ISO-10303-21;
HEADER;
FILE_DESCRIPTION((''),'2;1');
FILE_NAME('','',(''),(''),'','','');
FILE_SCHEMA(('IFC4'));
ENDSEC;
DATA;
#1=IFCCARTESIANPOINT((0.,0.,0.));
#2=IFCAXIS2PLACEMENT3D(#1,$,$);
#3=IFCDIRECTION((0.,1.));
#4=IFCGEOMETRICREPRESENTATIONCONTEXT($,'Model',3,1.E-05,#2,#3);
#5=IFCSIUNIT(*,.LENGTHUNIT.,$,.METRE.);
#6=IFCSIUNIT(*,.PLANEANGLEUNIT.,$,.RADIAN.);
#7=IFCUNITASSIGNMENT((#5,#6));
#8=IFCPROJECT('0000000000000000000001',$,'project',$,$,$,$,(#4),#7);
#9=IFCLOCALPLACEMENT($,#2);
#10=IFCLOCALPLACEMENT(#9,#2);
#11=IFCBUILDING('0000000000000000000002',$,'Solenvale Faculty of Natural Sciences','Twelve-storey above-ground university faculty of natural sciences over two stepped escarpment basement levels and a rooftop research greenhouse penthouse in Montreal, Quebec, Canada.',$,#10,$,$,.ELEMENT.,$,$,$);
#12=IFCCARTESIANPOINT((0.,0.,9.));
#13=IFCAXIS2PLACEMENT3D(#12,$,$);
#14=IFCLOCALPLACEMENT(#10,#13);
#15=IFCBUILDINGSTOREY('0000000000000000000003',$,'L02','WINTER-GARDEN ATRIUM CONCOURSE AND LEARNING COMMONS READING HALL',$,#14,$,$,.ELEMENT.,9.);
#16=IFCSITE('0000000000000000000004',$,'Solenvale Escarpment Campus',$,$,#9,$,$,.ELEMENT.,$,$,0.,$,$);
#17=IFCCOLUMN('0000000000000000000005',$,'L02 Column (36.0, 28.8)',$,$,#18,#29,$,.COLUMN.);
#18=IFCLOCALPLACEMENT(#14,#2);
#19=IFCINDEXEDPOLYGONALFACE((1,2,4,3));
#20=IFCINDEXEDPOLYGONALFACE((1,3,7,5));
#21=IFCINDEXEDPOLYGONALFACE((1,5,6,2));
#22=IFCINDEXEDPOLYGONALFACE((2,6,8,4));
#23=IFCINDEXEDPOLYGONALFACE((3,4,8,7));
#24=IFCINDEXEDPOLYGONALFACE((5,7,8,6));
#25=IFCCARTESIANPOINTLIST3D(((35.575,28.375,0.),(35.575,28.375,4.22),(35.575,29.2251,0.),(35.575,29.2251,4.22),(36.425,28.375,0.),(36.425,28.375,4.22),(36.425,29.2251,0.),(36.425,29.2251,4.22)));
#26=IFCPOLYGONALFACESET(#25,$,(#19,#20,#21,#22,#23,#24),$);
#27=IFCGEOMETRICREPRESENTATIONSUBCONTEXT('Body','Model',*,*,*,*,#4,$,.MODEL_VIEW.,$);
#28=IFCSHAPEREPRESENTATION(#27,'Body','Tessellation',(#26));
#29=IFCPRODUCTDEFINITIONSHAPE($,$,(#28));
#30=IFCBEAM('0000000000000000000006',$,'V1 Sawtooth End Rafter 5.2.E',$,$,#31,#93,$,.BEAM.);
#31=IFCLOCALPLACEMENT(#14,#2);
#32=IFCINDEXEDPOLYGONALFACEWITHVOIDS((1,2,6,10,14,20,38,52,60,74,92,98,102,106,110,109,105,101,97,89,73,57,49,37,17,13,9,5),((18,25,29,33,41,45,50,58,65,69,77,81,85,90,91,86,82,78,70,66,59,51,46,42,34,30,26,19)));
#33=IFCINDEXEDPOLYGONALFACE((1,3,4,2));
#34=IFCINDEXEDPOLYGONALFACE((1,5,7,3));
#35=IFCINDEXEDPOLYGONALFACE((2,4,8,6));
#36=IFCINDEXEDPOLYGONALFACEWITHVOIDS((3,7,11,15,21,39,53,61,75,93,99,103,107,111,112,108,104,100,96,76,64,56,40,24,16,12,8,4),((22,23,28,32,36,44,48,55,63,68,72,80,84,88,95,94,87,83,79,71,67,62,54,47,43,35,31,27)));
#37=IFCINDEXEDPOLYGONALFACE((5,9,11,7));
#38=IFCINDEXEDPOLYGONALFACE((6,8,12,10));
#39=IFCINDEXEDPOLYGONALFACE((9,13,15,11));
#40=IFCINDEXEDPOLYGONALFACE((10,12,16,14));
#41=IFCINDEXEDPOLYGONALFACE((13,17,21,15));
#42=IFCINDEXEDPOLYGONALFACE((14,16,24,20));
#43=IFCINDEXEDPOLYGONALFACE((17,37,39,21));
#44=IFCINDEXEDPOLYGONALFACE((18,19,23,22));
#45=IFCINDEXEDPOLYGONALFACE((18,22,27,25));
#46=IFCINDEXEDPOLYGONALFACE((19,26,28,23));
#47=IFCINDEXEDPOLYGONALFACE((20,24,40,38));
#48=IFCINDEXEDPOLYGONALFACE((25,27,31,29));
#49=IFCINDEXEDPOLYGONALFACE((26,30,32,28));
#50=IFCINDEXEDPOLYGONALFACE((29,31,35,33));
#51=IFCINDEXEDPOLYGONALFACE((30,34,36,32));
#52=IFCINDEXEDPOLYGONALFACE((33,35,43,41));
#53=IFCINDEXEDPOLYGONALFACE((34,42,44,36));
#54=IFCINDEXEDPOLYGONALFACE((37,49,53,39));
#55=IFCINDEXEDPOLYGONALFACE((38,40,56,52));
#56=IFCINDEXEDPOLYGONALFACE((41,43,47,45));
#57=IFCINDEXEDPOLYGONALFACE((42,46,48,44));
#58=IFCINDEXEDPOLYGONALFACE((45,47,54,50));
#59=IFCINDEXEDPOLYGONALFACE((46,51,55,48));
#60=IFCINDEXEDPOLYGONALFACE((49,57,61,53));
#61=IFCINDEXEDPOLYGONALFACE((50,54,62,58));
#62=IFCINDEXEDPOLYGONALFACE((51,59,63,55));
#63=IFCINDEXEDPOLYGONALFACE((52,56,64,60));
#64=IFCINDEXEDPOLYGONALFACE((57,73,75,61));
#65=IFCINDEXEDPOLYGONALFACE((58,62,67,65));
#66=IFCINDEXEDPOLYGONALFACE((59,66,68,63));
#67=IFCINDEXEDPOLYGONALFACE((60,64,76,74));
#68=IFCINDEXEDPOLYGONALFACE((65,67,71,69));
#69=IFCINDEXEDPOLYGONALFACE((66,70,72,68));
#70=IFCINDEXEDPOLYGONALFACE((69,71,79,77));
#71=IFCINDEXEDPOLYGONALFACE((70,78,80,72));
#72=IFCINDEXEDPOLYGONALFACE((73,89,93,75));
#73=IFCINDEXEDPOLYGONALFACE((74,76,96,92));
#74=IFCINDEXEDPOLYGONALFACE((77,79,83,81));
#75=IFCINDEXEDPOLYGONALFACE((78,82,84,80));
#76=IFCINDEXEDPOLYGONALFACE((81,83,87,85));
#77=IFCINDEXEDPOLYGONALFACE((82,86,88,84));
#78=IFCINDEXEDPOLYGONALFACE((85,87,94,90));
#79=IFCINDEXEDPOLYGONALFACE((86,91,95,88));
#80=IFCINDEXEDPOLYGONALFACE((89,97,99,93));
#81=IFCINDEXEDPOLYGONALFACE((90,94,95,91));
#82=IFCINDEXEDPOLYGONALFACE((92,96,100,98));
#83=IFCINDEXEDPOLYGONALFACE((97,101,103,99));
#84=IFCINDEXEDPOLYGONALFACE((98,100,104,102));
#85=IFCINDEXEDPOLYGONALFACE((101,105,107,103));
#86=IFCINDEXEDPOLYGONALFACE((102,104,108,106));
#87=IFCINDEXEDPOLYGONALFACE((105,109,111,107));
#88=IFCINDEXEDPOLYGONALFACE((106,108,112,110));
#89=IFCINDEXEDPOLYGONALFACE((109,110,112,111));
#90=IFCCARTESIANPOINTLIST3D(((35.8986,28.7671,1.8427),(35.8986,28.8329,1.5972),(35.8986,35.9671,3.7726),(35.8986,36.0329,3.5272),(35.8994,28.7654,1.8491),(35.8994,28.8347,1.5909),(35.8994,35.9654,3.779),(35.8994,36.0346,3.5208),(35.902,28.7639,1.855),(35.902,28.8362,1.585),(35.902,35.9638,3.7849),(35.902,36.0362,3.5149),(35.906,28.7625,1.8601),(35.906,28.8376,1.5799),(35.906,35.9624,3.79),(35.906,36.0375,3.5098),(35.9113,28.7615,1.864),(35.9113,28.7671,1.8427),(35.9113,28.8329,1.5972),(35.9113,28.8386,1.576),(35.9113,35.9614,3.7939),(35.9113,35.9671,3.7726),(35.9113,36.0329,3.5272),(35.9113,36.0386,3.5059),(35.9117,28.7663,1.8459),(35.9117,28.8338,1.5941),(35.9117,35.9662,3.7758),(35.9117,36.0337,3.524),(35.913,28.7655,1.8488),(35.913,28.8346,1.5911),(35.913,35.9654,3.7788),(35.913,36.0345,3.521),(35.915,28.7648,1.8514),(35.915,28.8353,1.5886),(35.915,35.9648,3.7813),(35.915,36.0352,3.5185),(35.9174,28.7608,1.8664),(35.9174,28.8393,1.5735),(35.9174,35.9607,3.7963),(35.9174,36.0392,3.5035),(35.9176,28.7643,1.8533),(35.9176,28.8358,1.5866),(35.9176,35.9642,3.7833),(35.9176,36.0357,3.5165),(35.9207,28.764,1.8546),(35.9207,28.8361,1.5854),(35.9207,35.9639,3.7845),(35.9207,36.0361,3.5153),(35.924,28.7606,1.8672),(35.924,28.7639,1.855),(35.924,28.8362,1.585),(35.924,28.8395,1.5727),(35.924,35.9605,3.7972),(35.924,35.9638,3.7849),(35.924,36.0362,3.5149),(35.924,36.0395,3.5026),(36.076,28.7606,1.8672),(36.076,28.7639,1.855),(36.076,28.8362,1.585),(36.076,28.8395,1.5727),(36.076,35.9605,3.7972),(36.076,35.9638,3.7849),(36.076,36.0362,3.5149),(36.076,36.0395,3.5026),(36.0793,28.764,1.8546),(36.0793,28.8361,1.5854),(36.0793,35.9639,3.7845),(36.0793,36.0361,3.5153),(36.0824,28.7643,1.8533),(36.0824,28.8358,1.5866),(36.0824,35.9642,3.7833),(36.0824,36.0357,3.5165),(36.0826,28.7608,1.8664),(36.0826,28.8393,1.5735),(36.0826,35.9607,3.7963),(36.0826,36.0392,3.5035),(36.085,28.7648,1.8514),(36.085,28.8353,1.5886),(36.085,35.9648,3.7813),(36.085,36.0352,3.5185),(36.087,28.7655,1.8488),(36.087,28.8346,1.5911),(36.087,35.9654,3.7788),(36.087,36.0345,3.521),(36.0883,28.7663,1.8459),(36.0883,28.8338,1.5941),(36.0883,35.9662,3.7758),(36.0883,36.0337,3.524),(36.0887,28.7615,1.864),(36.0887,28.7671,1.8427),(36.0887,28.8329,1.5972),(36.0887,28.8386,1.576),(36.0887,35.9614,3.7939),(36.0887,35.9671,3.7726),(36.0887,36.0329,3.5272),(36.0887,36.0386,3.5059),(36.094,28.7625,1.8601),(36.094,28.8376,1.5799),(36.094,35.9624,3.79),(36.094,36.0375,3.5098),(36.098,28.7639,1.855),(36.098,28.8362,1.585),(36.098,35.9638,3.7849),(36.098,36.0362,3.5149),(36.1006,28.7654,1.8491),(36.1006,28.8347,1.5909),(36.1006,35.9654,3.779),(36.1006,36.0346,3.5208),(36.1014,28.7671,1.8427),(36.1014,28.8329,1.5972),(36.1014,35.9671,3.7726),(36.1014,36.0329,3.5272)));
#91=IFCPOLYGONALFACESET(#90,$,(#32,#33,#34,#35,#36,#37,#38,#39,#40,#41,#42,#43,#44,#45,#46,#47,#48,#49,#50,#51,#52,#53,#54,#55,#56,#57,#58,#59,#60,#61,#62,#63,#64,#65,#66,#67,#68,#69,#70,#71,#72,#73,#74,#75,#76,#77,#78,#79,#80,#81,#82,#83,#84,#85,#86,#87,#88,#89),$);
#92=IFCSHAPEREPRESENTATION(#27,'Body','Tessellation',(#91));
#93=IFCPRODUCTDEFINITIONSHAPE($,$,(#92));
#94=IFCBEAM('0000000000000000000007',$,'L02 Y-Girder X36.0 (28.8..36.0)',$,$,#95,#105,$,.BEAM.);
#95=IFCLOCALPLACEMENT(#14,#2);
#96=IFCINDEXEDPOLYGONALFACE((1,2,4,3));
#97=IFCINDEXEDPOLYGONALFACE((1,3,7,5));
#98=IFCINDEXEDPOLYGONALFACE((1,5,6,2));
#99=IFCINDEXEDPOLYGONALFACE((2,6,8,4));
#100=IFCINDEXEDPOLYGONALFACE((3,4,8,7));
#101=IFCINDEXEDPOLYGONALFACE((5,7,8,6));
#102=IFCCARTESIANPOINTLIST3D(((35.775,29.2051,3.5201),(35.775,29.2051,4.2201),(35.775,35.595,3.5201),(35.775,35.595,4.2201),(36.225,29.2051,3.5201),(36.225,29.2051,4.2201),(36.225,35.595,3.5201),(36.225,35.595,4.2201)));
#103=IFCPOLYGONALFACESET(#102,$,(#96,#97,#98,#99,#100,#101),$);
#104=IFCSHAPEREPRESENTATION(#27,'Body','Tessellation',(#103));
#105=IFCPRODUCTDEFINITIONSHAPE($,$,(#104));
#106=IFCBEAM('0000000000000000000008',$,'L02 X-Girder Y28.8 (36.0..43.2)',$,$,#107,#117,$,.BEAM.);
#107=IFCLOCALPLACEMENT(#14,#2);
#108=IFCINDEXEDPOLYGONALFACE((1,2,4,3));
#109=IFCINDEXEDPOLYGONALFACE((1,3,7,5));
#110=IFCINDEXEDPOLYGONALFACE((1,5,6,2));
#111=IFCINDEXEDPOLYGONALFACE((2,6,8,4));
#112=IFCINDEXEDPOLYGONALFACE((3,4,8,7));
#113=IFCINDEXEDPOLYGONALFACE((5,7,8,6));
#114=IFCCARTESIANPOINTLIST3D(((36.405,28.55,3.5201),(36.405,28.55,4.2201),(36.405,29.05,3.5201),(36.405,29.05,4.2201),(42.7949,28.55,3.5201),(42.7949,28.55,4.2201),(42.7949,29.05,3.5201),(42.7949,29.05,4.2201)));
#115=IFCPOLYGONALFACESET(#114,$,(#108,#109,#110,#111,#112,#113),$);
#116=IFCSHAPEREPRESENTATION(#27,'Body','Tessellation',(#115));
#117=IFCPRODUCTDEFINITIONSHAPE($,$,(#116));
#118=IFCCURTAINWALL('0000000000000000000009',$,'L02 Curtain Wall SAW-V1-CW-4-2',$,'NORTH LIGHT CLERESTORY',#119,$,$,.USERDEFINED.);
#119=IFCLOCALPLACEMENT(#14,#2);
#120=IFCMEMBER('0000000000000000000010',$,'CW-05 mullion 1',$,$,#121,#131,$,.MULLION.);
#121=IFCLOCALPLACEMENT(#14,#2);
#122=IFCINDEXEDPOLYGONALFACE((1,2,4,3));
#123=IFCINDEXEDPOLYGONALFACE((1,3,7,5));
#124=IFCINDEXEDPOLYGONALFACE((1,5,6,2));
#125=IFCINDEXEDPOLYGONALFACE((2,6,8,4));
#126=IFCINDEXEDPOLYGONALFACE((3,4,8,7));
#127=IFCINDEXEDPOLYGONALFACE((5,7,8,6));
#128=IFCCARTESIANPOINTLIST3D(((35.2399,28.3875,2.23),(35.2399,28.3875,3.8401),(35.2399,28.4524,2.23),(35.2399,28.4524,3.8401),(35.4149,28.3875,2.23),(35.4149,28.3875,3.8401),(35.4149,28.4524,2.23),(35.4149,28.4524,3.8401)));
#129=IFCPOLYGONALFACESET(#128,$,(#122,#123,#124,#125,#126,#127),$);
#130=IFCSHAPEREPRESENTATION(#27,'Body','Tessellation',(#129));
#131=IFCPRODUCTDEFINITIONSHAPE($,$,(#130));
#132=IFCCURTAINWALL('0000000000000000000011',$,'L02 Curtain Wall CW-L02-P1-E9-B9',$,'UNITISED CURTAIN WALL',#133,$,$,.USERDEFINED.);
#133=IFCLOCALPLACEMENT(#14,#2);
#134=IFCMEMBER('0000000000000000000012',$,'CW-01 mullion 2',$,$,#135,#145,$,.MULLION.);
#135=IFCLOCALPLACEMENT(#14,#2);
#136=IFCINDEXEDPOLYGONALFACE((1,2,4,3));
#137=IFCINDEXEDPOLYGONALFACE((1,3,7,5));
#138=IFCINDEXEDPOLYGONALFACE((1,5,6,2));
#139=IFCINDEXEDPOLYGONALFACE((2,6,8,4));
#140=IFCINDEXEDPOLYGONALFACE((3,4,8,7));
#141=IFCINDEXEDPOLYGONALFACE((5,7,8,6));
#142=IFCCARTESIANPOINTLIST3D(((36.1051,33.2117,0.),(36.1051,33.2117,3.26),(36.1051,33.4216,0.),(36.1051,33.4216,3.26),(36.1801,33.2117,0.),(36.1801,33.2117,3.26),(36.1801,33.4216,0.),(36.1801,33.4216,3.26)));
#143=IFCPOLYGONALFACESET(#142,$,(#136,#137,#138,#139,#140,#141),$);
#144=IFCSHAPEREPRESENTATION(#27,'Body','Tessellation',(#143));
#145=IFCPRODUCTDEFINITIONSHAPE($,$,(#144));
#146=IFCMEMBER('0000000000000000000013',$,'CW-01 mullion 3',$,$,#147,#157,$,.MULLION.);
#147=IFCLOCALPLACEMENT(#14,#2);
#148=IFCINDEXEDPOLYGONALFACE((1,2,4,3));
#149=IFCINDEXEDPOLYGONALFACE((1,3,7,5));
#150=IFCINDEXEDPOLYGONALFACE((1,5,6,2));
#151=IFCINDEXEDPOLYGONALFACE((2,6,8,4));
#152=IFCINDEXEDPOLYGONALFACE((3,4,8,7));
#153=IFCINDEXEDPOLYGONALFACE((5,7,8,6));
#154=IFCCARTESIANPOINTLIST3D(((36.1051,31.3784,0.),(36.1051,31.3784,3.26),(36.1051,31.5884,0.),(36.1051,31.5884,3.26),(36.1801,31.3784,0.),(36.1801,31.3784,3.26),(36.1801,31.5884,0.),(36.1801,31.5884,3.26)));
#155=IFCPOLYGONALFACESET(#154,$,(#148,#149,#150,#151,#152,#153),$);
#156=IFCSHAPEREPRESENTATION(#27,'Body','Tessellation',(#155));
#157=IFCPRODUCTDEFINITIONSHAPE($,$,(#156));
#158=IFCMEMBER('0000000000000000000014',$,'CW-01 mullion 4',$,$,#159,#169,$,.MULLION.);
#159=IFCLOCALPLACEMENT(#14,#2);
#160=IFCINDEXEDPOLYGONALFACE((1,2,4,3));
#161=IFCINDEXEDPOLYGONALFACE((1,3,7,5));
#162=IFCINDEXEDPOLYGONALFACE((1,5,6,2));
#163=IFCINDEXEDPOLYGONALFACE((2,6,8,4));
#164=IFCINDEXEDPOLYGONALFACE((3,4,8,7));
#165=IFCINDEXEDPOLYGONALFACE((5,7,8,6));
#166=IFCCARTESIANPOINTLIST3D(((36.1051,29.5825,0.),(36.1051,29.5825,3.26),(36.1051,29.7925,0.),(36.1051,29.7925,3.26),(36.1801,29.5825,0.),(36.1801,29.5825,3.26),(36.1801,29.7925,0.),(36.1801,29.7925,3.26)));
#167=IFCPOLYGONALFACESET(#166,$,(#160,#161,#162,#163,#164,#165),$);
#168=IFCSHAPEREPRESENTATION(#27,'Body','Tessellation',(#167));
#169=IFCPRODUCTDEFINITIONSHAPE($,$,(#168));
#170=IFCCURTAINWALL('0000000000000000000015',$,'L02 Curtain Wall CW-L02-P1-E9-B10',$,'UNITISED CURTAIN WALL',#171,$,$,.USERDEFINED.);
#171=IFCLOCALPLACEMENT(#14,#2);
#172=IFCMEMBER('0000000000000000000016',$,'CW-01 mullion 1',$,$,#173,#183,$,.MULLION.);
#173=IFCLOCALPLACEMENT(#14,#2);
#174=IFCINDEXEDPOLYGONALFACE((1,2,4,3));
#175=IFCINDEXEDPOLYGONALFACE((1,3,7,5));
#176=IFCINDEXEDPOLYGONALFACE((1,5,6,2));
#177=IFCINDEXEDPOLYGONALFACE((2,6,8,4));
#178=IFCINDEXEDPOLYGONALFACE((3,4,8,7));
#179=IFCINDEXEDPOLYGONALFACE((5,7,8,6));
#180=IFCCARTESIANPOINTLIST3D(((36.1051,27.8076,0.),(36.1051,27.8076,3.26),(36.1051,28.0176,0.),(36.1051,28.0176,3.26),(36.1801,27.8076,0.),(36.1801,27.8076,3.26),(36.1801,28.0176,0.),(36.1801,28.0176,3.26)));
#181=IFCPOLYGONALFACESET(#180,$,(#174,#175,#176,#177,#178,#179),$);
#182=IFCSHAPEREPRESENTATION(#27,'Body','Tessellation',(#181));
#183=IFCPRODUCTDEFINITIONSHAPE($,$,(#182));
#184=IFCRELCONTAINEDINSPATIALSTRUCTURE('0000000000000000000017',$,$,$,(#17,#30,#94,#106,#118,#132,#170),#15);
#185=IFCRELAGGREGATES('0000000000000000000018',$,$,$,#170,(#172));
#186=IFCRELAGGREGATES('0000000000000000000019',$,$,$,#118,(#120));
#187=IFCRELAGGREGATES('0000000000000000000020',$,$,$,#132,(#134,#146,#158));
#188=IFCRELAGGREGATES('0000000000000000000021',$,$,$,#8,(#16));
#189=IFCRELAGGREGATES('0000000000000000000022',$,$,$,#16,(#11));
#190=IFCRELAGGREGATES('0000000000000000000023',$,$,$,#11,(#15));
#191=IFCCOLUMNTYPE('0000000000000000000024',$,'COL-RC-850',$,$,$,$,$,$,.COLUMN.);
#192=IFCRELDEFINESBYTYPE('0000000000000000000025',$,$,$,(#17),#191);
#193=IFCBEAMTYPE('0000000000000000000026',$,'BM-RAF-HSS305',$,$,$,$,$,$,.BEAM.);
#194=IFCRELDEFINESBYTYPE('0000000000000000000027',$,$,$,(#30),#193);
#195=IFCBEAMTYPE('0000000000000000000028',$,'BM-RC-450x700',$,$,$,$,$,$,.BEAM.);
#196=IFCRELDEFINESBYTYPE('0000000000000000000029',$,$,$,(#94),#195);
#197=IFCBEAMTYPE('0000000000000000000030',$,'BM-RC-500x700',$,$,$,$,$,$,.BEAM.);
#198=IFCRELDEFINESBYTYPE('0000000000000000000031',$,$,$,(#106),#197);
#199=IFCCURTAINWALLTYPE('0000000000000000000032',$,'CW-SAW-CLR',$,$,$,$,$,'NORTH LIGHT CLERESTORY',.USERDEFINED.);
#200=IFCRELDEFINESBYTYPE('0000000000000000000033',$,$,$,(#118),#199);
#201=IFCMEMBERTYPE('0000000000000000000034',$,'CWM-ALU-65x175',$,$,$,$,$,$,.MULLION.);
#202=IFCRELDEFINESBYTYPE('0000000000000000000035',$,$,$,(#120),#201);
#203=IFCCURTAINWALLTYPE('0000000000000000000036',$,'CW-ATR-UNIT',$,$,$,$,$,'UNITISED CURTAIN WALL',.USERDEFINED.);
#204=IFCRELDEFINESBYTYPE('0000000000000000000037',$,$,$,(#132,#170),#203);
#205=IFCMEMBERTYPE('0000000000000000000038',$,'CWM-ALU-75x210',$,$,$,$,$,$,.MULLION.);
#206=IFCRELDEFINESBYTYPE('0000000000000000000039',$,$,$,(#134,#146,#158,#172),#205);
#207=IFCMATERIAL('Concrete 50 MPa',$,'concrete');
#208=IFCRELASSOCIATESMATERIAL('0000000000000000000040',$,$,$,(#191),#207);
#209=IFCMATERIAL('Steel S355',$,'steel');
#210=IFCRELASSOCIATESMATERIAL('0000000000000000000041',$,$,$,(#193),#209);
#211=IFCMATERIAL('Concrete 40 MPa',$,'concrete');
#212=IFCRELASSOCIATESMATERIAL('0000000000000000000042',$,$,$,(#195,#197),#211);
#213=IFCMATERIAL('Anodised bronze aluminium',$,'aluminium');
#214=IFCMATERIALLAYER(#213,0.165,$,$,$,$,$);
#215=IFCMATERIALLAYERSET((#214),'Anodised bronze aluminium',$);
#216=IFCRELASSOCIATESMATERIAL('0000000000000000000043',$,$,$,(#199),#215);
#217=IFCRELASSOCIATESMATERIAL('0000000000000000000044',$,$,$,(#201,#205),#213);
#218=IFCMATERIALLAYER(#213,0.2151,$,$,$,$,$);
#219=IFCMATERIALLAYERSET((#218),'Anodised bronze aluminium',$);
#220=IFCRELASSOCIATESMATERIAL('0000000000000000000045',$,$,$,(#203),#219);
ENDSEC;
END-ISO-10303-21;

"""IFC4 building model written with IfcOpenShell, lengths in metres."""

from ifc_helpers import new_model, si_unit, direction, frame, origin, origin_2d, place, context, subcontext, project, spatial, rectangle, hollow_rectangle, extrude, material, layer, layer_set, material_profile, profile_set, type_object, element, aggregate, save


model = new_model("IFC4")

# Units and contexts
model_context = context("Model", 3, precision=1e-05, world=origin(), true_north=direction((0.0, 1.0)))
body_context = subcontext(model_context, "Body", "Model", "MODEL_VIEW")
ifc_project = project(units=[si_unit("LENGTHUNIT", "METRE"), si_unit("PLANEANGLEUNIT", "RADIAN")], contexts=[model_context])

# Site, building, storey
site_placement = place(None, origin())
site = spatial("IfcSite", under=ifc_project, at=site_placement, Name="Solenvale Escarpment Campus", CompositionType="ELEMENT", RefElevation=0.0)
building_placement = place(site_placement, origin())
building = spatial("IfcBuilding", under=site, at=building_placement, Name="Solenvale Faculty of Natural Sciences", Description="Twelve-storey above-ground university faculty of natural sciences over two stepped escarpment basement levels and a rooftop research greenhouse penthouse in Montreal, Quebec, Canada.", CompositionType="ELEMENT")
storey_placement = place(building_placement, frame((0.0, 0.0, 9.0)))
storey = spatial("IfcBuildingStorey", under=building, at=storey_placement, Name="L02", Description="WINTER-GARDEN ATRIUM CONCOURSE AND LEARNING COMMONS READING HALL", CompositionType="ELEMENT", Elevation=9.0)

# Column
ifc_material_1 = material(Name="Concrete 50 MPa", Category="concrete")
ifc_material_profile_1 = material_profile(ifc_material_1, rectangle(XDim=0.8501, YDim=0.8501, at=origin_2d()), Name="RC-COL-850x850")
ifc_profile_set_1 = profile_set([ifc_material_profile_1], Name="Concrete 50 MPa")
column_type = type_object("IfcColumnType", Name="COL-RC-850", PredefinedType="COLUMN", material=ifc_profile_set_1)
column_placement = place(storey_placement, frame((36.0, 28.8, 0.0), z_axis=(0.0, 0.0, 1.0), x_axis=(1.0, 0.0, 0.0)))
element("IfcColumn", 1, at=column_placement, inside=storey, type_object=column_type, Name="L02 Column (36.0, 28.8)", PredefinedType="COLUMN", context=body_context, shape_type="SweptSolid", body=[
    extrude(rectangle(XDim=0.8501, YDim=0.8501, at=origin_2d()), origin(), (0.0, 0.0, 1.0), 4.22),
])

# Beams
ifc_material_2 = material(Name="Steel S355", Category="steel")
ifc_material_profile_2 = material_profile(ifc_material_2, hollow_rectangle(XDim=0.2029, YDim=0.3049, WallThickness=0.0127, InnerFilletRadius=0.0127, OuterFilletRadius=0.0254, at=origin_2d()), Name="HSS305x203x13")
ifc_profile_set_2 = profile_set([ifc_material_profile_2], Name="Steel S355")
beam_type_1 = type_object("IfcBeamType", Name="BM-RAF-HSS305", PredefinedType="BEAM", material=ifc_profile_set_2)
beam_1_placement = place(storey_placement, frame((36.0, 28.8, 1.72), z_axis=(0.0, 0.965902, 0.258908), x_axis=(-1.0, 0.0, 0.0)))
element("IfcBeam", 2, at=beam_1_placement, inside=storey, type_object=beam_type_1, Name="V1 Sawtooth End Rafter 5.2.E", PredefinedType="BEAM", context=body_context, shape_type="SweptSolid", body=[
    extrude(hollow_rectangle(XDim=0.2029, YDim=0.3049, WallThickness=0.0127, InnerFilletRadius=0.0127, OuterFilletRadius=0.0254, at=origin_2d()), origin(), (0.0, 0.0, 1.0), 7.4541),
])
ifc_material_3 = material(Name="Concrete 40 MPa", Category="concrete")
ifc_material_profile_3 = material_profile(ifc_material_3, rectangle(XDim=0.45, YDim=0.7, at=origin_2d()), Name="RC-BM-450x700")
ifc_profile_set_3 = profile_set([ifc_material_profile_3], Name="Concrete 40 MPa")
beam_type_2 = type_object("IfcBeamType", Name="BM-RC-450x700", PredefinedType="BEAM", material=ifc_profile_set_3)
beam_2_placement = place(storey_placement, frame((36.0, 29.2051, 3.8701), z_axis=(0.0, 1.0, 0.0), x_axis=(-1.0, 0.0, 0.0)))
element("IfcBeam", 3, at=beam_2_placement, inside=storey, type_object=beam_type_2, Name="L02 Y-Girder X36.0 (28.8..36.0)", PredefinedType="BEAM", context=body_context, shape_type="SweptSolid", body=[
    extrude(rectangle(XDim=0.45, YDim=0.7, at=origin_2d()), origin(), (0.0, 0.0, 1.0), 6.3899),
])
ifc_material_profile_4 = material_profile(ifc_material_3, rectangle(XDim=0.5, YDim=0.7, at=origin_2d()), Name="RC-BM-500x700")
ifc_profile_set_4 = profile_set([ifc_material_profile_4], Name="Concrete 40 MPa")
beam_type_3 = type_object("IfcBeamType", Name="BM-RC-500x700", PredefinedType="BEAM", material=ifc_profile_set_4)
beam_3_placement = place(storey_placement, frame((36.405, 28.8, 3.8701), z_axis=(1.0, 0.0, 0.0), x_axis=(0.0, 1.0, 0.0)))
element("IfcBeam", 4, at=beam_3_placement, inside=storey, type_object=beam_type_3, Name="L02 X-Girder Y28.8 (36.0..43.2)", PredefinedType="BEAM", context=body_context, shape_type="SweptSolid", body=[
    extrude(rectangle(XDim=0.5, YDim=0.7, at=origin_2d()), origin(), (0.0, 0.0, 1.0), 6.3899),
])

# Curtain wall, member
ifc_material_4 = material(Name="Anodised bronze aluminium", Category="aluminium")
ifc_layer_1 = layer(ifc_material_4, 0.165)
ifc_layer_set_1 = layer_set([ifc_layer_1], Name="Anodised bronze aluminium")
curtain_wall_type_1 = type_object("IfcCurtainWallType", Name="CW-SAW-CLR", ElementType="NORTH LIGHT CLERESTORY", PredefinedType="USERDEFINED", material=ifc_layer_set_1)
curtain_wall_1_placement = place(storey_placement, origin())
curtain_wall_1 = element("IfcCurtainWall", 5, at=curtain_wall_1_placement, inside=storey, type_object=curtain_wall_type_1, Name="L02 Curtain Wall SAW-V1-CW-4-2", ObjectType="NORTH LIGHT CLERESTORY", PredefinedType="USERDEFINED")
ifc_material_profile_5 = material_profile(ifc_material_4, rectangle(XDim=0.0649, YDim=0.175, at=origin_2d()), Name="ALU-MUL-65x175")
ifc_profile_set_5 = profile_set([ifc_material_profile_5], Name="Anodised bronze aluminium")
member_type_1 = type_object("IfcMemberType", Name="CWM-ALU-65x175", PredefinedType="MULLION", material=ifc_profile_set_5)
member_1_placement = place(storey_placement, frame((35.3274, 28.4199, 2.23), z_axis=(0.0, 0.0, 1.0), x_axis=(0.0, -1.0, 0.0)))
member_1 = element("IfcMember", 6, at=member_1_placement, type_object=member_type_1, Name="CW-05 mullion 1", PredefinedType="MULLION", context=body_context, shape_type="SweptSolid", body=[
    extrude(rectangle(XDim=0.0649, YDim=0.175, at=origin_2d()), origin(), (0.0, 0.0, 1.0), 1.6101),
])

# Curtain wall, members
ifc_layer_2 = layer(ifc_material_4, 0.2151)
ifc_layer_set_2 = layer_set([ifc_layer_2], Name="Anodised bronze aluminium")
curtain_wall_type_2 = type_object("IfcCurtainWallType", Name="CW-ATR-UNIT", ElementType="UNITISED CURTAIN WALL", PredefinedType="USERDEFINED", material=ifc_layer_set_2)
curtain_wall_2_placement = place(storey_placement, origin())
curtain_wall_2 = element("IfcCurtainWall", 7, at=curtain_wall_2_placement, inside=storey, type_object=curtain_wall_type_2, Name="L02 Curtain Wall CW-L02-P1-E9-B9", ObjectType="UNITISED CURTAIN WALL", PredefinedType="USERDEFINED")
ifc_material_profile_6 = material_profile(ifc_material_4, rectangle(XDim=0.075, YDim=0.21, at=origin_2d()), Name="ALU-MUL-75x210")
ifc_profile_set_6 = profile_set([ifc_material_profile_6], Name="Anodised bronze aluminium")
member_type_2 = type_object("IfcMemberType", Name="CWM-ALU-75x210", PredefinedType="MULLION", material=ifc_profile_set_6)
member_2_placement = place(storey_placement, frame((36.1426, 33.3167, 0.0), z_axis=(0.0, 0.0, 1.0), x_axis=(1.0, 0.0, 0.0)))
member_2 = element("IfcMember", 8, at=member_2_placement, type_object=member_type_2, Name="CW-01 mullion 2", PredefinedType="MULLION", context=body_context, shape_type="SweptSolid", body=[
    extrude(rectangle(XDim=0.075, YDim=0.21, at=origin_2d()), origin(), (0.0, 0.0, 1.0), 3.26),
])
member_3_placement = place(storey_placement, frame((36.1426, 31.4834, 0.0), z_axis=(0.0, 0.0, 1.0), x_axis=(1.0, 0.0, 0.0)))
member_3 = element("IfcMember", 9, at=member_3_placement, type_object=member_type_2, Name="CW-01 mullion 3", PredefinedType="MULLION", context=body_context, shape_type="SweptSolid", body=[
    extrude(rectangle(XDim=0.075, YDim=0.21, at=origin_2d()), origin(), (0.0, 0.0, 1.0), 3.26),
])
member_4_placement = place(storey_placement, frame((36.1426, 29.6875, 0.0), z_axis=(0.0, 0.0, 1.0), x_axis=(1.0, 0.0, 0.0)))
member_4 = element("IfcMember", 10, at=member_4_placement, type_object=member_type_2, Name="CW-01 mullion 4", PredefinedType="MULLION", context=body_context, shape_type="SweptSolid", body=[
    extrude(rectangle(XDim=0.075, YDim=0.21, at=origin_2d()), origin(), (0.0, 0.0, 1.0), 3.26),
])

# Curtain wall, member
curtain_wall_3_placement = place(storey_placement, origin())
curtain_wall_3 = element("IfcCurtainWall", 11, at=curtain_wall_3_placement, inside=storey, type_object=curtain_wall_type_2, Name="L02 Curtain Wall CW-L02-P1-E9-B10", ObjectType="UNITISED CURTAIN WALL", PredefinedType="USERDEFINED")
member_5_placement = place(storey_placement, frame((36.1426, 27.9126, 0.0), z_axis=(0.0, 0.0, 1.0), x_axis=(1.0, 0.0, 0.0)))
member_5 = element("IfcMember", 12, at=member_5_placement, type_object=member_type_2, Name="CW-01 mullion 1", PredefinedType="MULLION", context=body_context, shape_type="SweptSolid", body=[
    extrude(rectangle(XDim=0.075, YDim=0.21, at=origin_2d()), origin(), (0.0, 0.0, 1.0), 3.26),
])
aggregate(curtain_wall_3, [member_5])

aggregate(curtain_wall_1, [member_1])

aggregate(curtain_wall_2, [member_2, member_3, member_4])

save(model, "model.ifc")
